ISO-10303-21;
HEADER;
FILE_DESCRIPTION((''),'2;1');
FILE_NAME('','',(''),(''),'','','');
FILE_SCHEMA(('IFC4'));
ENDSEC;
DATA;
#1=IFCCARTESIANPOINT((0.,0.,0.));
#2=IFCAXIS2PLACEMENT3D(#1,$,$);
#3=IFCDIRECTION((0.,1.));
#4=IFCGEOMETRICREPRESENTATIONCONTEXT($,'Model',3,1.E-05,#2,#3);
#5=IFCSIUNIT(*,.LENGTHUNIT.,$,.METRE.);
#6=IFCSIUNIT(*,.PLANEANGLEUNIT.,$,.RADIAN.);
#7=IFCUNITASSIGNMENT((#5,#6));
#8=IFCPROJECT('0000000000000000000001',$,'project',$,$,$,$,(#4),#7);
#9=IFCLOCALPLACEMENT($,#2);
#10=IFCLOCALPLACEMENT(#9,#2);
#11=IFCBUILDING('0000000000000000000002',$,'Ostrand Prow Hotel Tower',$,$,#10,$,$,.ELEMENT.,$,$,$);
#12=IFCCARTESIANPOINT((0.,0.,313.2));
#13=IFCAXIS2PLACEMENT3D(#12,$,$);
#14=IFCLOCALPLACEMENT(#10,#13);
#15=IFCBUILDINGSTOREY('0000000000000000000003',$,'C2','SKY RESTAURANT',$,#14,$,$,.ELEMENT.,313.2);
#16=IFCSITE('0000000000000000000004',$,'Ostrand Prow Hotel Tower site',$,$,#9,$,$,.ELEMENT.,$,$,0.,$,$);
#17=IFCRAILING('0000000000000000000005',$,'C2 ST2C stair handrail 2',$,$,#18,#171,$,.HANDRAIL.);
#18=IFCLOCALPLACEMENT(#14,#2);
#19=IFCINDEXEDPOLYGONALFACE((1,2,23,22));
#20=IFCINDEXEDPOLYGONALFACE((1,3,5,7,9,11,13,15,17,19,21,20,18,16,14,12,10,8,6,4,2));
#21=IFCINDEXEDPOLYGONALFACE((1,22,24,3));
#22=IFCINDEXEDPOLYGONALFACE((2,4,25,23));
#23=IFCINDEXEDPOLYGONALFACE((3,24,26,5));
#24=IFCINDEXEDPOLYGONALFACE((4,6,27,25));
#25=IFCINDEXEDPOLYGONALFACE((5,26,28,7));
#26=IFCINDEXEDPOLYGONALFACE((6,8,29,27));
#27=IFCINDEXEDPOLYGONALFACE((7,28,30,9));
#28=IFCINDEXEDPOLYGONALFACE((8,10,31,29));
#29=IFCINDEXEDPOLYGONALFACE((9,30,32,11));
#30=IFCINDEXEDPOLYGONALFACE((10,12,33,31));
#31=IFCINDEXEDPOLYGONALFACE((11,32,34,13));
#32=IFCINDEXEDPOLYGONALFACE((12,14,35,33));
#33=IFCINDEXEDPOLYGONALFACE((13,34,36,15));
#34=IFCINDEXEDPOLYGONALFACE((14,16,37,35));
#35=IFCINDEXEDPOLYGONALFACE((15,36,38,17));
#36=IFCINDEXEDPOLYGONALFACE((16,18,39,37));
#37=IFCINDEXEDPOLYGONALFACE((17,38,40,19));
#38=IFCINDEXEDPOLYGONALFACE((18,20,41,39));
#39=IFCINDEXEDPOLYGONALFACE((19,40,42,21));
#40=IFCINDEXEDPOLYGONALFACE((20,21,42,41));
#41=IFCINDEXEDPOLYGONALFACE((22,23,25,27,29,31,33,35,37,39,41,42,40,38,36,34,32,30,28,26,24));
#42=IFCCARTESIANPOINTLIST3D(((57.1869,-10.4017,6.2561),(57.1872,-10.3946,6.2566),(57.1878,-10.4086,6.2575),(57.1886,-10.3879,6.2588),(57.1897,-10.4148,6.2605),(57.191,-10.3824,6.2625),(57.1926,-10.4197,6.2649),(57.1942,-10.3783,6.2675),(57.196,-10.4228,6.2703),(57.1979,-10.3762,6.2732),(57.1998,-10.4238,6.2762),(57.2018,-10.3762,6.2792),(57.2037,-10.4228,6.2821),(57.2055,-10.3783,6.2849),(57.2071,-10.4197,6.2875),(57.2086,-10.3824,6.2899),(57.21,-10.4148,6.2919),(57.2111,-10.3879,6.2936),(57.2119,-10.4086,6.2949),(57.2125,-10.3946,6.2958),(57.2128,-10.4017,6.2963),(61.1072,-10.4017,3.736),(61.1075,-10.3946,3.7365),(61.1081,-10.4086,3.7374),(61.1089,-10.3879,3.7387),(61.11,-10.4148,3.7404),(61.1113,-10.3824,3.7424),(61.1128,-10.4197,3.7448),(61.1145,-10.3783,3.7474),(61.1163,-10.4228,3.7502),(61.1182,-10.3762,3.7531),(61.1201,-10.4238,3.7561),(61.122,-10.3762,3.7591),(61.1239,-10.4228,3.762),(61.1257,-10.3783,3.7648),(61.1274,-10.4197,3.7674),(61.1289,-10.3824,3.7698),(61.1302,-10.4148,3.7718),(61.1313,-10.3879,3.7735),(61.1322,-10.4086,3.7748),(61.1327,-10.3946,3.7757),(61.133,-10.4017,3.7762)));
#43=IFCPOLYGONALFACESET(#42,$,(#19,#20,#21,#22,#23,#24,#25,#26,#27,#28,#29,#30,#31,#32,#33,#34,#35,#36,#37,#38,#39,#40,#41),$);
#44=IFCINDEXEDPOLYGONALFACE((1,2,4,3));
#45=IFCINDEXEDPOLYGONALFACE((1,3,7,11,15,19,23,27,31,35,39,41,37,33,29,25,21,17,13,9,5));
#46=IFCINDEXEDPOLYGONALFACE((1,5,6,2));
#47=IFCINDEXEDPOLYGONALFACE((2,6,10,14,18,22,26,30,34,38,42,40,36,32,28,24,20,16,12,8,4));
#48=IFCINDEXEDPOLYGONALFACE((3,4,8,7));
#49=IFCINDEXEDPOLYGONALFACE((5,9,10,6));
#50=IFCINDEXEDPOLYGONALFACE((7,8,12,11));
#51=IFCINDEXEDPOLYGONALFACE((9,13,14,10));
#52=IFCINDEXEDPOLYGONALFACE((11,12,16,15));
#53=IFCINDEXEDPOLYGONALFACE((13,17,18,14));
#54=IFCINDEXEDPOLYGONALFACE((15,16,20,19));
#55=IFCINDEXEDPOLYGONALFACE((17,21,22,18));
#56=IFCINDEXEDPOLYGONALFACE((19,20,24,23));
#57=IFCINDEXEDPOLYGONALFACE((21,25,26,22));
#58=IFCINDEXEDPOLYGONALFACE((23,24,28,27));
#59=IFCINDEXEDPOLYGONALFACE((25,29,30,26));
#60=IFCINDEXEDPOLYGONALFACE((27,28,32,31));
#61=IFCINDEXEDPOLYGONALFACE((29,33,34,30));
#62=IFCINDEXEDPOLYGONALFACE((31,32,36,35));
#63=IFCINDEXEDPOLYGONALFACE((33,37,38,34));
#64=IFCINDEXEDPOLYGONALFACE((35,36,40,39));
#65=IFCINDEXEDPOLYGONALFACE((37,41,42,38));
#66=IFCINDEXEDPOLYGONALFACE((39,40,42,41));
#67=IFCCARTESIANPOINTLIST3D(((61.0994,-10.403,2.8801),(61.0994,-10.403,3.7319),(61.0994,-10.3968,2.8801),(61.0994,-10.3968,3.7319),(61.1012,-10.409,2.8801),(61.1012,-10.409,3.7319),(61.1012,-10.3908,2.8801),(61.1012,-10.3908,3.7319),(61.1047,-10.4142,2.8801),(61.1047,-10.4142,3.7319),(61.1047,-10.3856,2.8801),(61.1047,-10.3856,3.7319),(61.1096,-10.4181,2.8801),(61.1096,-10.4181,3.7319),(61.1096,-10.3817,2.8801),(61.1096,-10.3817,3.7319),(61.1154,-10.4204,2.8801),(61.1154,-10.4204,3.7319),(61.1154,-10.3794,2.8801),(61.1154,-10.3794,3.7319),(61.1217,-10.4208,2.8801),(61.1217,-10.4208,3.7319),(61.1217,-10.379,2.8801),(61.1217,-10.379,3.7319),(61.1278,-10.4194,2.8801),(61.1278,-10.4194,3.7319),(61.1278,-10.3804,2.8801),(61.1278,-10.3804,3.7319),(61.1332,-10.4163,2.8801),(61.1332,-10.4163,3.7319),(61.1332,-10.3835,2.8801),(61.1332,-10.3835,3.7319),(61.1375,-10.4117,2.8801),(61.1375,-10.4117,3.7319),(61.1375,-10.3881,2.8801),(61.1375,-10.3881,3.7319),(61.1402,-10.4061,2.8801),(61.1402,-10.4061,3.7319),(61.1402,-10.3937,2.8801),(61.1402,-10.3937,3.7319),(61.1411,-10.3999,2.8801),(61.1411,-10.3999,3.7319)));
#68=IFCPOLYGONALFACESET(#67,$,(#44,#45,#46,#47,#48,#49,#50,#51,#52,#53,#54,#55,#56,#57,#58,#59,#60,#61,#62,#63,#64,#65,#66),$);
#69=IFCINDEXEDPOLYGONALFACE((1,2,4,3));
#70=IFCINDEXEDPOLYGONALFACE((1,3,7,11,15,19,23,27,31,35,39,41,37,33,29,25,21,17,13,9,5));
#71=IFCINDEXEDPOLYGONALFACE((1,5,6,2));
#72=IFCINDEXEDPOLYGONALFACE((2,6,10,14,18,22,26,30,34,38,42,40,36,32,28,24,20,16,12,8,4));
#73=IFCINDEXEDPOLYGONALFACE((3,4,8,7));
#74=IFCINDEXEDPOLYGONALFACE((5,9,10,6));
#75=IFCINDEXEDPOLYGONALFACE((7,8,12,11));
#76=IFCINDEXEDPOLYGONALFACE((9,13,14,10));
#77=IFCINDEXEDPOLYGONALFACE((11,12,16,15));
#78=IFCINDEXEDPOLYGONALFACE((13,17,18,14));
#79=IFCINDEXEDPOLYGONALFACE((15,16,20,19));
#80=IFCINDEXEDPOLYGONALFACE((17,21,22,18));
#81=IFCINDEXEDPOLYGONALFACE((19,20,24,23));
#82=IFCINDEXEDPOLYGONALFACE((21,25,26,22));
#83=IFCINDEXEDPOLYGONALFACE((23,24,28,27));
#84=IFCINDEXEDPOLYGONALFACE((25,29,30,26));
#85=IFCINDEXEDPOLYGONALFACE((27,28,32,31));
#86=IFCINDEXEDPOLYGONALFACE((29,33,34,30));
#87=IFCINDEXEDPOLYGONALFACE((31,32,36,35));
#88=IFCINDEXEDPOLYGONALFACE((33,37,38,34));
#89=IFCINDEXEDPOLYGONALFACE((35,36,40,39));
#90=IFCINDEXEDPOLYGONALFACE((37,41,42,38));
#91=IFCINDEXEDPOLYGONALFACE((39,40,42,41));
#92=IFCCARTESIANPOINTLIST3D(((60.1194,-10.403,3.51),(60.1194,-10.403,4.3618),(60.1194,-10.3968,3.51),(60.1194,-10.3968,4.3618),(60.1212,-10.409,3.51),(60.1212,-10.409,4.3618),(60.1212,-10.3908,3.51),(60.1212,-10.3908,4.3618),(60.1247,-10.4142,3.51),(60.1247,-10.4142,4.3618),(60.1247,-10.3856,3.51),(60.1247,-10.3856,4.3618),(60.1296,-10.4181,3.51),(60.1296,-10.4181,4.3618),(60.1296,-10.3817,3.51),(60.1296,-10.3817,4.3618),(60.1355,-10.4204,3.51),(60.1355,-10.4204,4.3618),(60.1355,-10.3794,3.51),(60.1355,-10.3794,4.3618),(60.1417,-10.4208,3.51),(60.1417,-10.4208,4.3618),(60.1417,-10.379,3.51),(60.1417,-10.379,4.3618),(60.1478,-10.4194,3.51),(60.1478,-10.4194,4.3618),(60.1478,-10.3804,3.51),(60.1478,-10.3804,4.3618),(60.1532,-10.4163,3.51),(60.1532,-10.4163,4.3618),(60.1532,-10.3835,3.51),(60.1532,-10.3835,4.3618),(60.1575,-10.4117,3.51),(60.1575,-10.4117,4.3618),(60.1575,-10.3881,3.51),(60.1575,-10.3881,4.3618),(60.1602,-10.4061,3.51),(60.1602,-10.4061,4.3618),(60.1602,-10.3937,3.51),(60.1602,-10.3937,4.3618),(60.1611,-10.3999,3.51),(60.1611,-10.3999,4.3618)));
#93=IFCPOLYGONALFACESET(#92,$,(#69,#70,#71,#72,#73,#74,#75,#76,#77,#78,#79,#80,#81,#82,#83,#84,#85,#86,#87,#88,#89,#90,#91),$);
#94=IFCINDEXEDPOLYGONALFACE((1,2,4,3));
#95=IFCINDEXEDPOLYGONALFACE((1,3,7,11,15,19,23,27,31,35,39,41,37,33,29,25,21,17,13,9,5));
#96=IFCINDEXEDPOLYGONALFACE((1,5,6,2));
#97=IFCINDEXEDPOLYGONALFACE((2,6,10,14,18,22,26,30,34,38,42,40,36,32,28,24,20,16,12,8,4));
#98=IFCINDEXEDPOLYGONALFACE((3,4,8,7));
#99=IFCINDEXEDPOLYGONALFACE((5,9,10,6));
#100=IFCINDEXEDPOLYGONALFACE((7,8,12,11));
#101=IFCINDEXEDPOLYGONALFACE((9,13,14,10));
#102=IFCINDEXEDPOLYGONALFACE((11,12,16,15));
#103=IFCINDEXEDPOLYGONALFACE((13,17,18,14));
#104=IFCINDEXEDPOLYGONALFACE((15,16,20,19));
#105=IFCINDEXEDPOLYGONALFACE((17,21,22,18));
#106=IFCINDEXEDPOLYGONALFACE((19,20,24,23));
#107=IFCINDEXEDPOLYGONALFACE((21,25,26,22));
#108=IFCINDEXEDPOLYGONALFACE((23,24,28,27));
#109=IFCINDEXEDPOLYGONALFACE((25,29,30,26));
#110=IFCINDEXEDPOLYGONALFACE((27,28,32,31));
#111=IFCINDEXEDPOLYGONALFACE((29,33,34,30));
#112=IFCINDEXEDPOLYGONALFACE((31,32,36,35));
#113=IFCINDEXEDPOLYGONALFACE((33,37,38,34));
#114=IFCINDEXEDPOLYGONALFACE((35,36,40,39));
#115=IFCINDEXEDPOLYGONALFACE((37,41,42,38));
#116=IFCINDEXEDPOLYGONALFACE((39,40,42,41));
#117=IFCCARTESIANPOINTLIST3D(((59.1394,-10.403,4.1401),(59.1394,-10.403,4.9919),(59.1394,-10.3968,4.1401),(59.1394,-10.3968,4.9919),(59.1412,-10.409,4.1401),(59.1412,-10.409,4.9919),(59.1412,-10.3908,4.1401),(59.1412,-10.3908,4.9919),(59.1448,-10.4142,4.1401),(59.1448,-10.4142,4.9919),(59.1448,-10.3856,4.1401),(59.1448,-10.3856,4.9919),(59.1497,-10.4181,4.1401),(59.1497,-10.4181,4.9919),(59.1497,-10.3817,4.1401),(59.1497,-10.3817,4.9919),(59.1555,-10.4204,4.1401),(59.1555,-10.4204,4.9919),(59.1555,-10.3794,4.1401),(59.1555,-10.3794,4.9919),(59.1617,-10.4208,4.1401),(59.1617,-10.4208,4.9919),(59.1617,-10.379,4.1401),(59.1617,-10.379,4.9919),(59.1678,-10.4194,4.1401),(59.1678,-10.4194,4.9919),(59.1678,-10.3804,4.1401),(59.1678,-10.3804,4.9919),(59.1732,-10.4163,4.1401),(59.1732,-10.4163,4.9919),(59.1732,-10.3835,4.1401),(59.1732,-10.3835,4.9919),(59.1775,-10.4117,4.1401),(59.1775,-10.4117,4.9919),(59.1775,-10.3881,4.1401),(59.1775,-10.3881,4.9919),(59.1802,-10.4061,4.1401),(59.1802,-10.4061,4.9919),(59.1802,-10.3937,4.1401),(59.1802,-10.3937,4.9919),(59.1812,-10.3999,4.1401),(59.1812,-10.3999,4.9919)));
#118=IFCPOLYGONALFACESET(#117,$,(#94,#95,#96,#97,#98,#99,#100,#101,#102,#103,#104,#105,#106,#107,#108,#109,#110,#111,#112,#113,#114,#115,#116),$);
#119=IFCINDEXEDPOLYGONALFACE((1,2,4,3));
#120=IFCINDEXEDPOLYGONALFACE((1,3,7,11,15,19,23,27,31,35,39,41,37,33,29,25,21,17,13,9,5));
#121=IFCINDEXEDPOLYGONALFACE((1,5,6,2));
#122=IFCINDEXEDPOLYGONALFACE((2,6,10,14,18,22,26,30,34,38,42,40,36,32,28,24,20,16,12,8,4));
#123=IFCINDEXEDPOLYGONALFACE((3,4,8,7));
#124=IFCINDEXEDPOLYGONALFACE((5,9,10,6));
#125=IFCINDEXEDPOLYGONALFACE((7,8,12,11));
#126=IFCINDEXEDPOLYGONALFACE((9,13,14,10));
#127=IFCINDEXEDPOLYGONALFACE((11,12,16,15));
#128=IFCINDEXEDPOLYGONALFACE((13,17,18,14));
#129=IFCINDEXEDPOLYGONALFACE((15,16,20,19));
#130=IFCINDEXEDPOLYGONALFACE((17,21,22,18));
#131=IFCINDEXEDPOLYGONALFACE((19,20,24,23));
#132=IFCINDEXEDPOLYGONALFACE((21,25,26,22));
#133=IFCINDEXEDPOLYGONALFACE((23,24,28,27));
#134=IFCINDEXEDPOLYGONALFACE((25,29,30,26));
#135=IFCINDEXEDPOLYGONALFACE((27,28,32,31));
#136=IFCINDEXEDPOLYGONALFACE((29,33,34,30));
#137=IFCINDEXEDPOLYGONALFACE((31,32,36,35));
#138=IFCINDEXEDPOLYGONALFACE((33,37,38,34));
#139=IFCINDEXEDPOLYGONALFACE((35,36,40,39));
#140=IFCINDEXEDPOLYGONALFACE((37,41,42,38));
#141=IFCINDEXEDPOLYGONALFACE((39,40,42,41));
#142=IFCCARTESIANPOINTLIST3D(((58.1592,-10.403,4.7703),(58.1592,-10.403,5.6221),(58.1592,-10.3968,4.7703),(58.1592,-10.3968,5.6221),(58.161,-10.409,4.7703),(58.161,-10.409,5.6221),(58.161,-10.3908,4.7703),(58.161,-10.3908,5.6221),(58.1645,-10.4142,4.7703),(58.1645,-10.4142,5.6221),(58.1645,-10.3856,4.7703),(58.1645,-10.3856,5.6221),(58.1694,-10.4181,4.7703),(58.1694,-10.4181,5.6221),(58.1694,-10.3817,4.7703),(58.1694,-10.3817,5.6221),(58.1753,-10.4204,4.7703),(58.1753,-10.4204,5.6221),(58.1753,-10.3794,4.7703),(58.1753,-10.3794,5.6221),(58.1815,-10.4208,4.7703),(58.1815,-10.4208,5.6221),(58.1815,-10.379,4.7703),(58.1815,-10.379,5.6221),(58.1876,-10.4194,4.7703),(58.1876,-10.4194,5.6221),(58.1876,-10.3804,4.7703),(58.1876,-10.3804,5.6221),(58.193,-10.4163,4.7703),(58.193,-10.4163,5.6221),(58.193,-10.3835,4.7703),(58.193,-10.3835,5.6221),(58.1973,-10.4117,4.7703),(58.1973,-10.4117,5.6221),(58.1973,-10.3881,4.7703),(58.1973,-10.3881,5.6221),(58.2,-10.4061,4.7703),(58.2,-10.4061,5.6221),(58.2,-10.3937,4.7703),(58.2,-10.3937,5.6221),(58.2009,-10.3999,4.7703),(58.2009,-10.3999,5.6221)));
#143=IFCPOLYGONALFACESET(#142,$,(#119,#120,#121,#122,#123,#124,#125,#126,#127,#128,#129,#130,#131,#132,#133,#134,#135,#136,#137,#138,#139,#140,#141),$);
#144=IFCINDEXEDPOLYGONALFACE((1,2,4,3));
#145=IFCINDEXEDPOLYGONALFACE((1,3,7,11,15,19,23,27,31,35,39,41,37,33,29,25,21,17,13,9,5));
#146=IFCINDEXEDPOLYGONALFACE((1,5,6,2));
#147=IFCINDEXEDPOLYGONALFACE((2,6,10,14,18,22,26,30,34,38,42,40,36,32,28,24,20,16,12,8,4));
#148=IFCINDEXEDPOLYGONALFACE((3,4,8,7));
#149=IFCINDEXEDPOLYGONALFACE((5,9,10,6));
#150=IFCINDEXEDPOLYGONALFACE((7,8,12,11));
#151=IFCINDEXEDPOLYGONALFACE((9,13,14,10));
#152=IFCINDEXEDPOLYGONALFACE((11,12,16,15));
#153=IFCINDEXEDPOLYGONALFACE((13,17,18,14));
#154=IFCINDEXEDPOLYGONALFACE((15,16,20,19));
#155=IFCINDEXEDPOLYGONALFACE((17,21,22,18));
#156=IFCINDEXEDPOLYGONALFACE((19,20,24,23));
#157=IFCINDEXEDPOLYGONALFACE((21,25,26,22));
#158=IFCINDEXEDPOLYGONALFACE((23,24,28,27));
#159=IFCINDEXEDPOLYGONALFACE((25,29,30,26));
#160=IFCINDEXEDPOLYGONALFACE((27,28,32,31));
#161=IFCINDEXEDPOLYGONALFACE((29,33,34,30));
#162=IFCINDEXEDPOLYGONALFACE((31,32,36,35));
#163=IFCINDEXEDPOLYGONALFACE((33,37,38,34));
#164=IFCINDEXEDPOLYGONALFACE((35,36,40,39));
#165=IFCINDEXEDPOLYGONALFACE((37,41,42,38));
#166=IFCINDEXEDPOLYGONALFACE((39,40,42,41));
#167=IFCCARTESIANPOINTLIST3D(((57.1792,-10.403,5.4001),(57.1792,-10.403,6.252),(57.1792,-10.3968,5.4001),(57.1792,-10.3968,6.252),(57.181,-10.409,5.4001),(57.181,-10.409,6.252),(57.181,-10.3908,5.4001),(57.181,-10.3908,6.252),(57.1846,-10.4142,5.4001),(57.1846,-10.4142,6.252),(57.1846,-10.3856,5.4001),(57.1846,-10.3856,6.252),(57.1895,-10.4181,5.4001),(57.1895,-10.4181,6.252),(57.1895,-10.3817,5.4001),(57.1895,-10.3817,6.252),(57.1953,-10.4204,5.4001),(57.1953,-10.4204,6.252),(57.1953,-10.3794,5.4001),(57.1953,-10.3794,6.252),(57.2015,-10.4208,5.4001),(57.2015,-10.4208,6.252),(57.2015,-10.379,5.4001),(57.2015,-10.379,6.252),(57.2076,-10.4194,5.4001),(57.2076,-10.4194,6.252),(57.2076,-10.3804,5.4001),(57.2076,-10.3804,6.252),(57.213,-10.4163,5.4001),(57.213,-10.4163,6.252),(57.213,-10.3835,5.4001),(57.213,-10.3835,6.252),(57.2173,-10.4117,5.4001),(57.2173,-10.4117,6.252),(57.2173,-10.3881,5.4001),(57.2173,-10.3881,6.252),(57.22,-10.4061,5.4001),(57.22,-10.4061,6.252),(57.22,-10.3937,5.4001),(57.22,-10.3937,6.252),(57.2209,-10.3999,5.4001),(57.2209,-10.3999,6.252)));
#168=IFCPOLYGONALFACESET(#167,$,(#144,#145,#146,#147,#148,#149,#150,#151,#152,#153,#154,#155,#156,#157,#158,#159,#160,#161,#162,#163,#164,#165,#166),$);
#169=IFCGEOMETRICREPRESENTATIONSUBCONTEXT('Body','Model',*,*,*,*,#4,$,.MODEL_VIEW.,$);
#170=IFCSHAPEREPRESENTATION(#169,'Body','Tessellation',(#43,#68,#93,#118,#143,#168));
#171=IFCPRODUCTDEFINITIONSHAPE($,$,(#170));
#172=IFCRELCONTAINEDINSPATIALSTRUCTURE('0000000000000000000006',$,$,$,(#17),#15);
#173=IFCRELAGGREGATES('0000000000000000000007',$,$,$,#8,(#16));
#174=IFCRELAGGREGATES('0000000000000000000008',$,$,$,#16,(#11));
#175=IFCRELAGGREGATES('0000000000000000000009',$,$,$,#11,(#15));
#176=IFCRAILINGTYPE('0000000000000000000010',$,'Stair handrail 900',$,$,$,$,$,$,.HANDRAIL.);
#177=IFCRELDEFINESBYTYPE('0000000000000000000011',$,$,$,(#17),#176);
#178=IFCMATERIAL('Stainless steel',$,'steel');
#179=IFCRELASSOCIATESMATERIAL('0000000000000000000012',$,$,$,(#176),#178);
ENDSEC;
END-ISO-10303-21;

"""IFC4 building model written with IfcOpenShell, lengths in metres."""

from ifc_helpers import new_model, si_unit, direction, frame, origin, origin_2d, place, context, subcontext, project, spatial, circle, extrude, material, type_object, element, save


model = new_model("IFC4")

# Units and contexts
model_context = context("Model", 3, precision=1e-05, world=origin(), true_north=direction((0.0, 1.0)))
body_context = subcontext(model_context, "Body", "Model", "MODEL_VIEW")
ifc_project = project(units=[si_unit("LENGTHUNIT", "METRE"), si_unit("PLANEANGLEUNIT", "RADIAN")], contexts=[model_context])

# Site, building, storey
site_placement = place(None, origin())
site = spatial("IfcSite", under=ifc_project, at=site_placement, Name="Ostrand Prow Hotel Tower site", CompositionType="ELEMENT", RefElevation=0.0)
building_placement = place(site_placement, origin())
building = spatial("IfcBuilding", under=site, at=building_placement, Name="Ostrand Prow Hotel Tower", CompositionType="ELEMENT")
storey_placement = place(building_placement, frame((0.0, 0.0, 313.2)))
storey = spatial("IfcBuildingStorey", under=building, at=storey_placement, Name="C2", Description="SKY RESTAURANT", CompositionType="ELEMENT", Elevation=313.2)

# Railing
ifc_material_1 = material(Name="Stainless steel", Category="steel")
railing_type_1 = type_object("IfcRailingType", Name="Stair handrail 900", PredefinedType="HANDRAIL", material=ifc_material_1)
railing_1_placement = place(storey_placement, frame((61.1201, -10.3999, 2.8801)))
element("IfcRailing", 1, at=railing_1_placement, inside=storey, type_object=railing_type_1, Name="C2 ST2C stair handrail 2", PredefinedType="HANDRAIL", context=body_context, shape_type="SweptSolid", body=[
    extrude(circle(Radius=0.0239, at=origin_2d()), frame((0.0, 0.0, 0.876), z_axis=(-0.841187, 0.0, 0.540744), x_axis=(0.0, -1.0, 0.0)), (0.0, 0.0, 1.0), 4.6604),
    extrude(circle(Radius=0.021, at=origin_2d()), origin(), (0.0, 0.0, 1.0), 0.8518),
    extrude(circle(Radius=0.021, at=origin_2d()), frame((-0.98, 0.0, 0.6299)), (0.0, 0.0, 1.0), 0.8518),
    extrude(circle(Radius=0.021, at=origin_2d()), frame((-1.96, 0.0, 1.26)), (0.0, 0.0, 1.0), 0.8518),
    extrude(circle(Radius=0.021, at=origin_2d()), frame((-2.9402, 0.0, 1.8901)), (0.0, 0.0, 1.0), 0.8518),
    extrude(circle(Radius=0.021, at=origin_2d()), frame((-3.9202, 0.0, 2.52)), (0.0, 0.0, 1.0), 0.8518),
])

save(model, "model.ifc")
